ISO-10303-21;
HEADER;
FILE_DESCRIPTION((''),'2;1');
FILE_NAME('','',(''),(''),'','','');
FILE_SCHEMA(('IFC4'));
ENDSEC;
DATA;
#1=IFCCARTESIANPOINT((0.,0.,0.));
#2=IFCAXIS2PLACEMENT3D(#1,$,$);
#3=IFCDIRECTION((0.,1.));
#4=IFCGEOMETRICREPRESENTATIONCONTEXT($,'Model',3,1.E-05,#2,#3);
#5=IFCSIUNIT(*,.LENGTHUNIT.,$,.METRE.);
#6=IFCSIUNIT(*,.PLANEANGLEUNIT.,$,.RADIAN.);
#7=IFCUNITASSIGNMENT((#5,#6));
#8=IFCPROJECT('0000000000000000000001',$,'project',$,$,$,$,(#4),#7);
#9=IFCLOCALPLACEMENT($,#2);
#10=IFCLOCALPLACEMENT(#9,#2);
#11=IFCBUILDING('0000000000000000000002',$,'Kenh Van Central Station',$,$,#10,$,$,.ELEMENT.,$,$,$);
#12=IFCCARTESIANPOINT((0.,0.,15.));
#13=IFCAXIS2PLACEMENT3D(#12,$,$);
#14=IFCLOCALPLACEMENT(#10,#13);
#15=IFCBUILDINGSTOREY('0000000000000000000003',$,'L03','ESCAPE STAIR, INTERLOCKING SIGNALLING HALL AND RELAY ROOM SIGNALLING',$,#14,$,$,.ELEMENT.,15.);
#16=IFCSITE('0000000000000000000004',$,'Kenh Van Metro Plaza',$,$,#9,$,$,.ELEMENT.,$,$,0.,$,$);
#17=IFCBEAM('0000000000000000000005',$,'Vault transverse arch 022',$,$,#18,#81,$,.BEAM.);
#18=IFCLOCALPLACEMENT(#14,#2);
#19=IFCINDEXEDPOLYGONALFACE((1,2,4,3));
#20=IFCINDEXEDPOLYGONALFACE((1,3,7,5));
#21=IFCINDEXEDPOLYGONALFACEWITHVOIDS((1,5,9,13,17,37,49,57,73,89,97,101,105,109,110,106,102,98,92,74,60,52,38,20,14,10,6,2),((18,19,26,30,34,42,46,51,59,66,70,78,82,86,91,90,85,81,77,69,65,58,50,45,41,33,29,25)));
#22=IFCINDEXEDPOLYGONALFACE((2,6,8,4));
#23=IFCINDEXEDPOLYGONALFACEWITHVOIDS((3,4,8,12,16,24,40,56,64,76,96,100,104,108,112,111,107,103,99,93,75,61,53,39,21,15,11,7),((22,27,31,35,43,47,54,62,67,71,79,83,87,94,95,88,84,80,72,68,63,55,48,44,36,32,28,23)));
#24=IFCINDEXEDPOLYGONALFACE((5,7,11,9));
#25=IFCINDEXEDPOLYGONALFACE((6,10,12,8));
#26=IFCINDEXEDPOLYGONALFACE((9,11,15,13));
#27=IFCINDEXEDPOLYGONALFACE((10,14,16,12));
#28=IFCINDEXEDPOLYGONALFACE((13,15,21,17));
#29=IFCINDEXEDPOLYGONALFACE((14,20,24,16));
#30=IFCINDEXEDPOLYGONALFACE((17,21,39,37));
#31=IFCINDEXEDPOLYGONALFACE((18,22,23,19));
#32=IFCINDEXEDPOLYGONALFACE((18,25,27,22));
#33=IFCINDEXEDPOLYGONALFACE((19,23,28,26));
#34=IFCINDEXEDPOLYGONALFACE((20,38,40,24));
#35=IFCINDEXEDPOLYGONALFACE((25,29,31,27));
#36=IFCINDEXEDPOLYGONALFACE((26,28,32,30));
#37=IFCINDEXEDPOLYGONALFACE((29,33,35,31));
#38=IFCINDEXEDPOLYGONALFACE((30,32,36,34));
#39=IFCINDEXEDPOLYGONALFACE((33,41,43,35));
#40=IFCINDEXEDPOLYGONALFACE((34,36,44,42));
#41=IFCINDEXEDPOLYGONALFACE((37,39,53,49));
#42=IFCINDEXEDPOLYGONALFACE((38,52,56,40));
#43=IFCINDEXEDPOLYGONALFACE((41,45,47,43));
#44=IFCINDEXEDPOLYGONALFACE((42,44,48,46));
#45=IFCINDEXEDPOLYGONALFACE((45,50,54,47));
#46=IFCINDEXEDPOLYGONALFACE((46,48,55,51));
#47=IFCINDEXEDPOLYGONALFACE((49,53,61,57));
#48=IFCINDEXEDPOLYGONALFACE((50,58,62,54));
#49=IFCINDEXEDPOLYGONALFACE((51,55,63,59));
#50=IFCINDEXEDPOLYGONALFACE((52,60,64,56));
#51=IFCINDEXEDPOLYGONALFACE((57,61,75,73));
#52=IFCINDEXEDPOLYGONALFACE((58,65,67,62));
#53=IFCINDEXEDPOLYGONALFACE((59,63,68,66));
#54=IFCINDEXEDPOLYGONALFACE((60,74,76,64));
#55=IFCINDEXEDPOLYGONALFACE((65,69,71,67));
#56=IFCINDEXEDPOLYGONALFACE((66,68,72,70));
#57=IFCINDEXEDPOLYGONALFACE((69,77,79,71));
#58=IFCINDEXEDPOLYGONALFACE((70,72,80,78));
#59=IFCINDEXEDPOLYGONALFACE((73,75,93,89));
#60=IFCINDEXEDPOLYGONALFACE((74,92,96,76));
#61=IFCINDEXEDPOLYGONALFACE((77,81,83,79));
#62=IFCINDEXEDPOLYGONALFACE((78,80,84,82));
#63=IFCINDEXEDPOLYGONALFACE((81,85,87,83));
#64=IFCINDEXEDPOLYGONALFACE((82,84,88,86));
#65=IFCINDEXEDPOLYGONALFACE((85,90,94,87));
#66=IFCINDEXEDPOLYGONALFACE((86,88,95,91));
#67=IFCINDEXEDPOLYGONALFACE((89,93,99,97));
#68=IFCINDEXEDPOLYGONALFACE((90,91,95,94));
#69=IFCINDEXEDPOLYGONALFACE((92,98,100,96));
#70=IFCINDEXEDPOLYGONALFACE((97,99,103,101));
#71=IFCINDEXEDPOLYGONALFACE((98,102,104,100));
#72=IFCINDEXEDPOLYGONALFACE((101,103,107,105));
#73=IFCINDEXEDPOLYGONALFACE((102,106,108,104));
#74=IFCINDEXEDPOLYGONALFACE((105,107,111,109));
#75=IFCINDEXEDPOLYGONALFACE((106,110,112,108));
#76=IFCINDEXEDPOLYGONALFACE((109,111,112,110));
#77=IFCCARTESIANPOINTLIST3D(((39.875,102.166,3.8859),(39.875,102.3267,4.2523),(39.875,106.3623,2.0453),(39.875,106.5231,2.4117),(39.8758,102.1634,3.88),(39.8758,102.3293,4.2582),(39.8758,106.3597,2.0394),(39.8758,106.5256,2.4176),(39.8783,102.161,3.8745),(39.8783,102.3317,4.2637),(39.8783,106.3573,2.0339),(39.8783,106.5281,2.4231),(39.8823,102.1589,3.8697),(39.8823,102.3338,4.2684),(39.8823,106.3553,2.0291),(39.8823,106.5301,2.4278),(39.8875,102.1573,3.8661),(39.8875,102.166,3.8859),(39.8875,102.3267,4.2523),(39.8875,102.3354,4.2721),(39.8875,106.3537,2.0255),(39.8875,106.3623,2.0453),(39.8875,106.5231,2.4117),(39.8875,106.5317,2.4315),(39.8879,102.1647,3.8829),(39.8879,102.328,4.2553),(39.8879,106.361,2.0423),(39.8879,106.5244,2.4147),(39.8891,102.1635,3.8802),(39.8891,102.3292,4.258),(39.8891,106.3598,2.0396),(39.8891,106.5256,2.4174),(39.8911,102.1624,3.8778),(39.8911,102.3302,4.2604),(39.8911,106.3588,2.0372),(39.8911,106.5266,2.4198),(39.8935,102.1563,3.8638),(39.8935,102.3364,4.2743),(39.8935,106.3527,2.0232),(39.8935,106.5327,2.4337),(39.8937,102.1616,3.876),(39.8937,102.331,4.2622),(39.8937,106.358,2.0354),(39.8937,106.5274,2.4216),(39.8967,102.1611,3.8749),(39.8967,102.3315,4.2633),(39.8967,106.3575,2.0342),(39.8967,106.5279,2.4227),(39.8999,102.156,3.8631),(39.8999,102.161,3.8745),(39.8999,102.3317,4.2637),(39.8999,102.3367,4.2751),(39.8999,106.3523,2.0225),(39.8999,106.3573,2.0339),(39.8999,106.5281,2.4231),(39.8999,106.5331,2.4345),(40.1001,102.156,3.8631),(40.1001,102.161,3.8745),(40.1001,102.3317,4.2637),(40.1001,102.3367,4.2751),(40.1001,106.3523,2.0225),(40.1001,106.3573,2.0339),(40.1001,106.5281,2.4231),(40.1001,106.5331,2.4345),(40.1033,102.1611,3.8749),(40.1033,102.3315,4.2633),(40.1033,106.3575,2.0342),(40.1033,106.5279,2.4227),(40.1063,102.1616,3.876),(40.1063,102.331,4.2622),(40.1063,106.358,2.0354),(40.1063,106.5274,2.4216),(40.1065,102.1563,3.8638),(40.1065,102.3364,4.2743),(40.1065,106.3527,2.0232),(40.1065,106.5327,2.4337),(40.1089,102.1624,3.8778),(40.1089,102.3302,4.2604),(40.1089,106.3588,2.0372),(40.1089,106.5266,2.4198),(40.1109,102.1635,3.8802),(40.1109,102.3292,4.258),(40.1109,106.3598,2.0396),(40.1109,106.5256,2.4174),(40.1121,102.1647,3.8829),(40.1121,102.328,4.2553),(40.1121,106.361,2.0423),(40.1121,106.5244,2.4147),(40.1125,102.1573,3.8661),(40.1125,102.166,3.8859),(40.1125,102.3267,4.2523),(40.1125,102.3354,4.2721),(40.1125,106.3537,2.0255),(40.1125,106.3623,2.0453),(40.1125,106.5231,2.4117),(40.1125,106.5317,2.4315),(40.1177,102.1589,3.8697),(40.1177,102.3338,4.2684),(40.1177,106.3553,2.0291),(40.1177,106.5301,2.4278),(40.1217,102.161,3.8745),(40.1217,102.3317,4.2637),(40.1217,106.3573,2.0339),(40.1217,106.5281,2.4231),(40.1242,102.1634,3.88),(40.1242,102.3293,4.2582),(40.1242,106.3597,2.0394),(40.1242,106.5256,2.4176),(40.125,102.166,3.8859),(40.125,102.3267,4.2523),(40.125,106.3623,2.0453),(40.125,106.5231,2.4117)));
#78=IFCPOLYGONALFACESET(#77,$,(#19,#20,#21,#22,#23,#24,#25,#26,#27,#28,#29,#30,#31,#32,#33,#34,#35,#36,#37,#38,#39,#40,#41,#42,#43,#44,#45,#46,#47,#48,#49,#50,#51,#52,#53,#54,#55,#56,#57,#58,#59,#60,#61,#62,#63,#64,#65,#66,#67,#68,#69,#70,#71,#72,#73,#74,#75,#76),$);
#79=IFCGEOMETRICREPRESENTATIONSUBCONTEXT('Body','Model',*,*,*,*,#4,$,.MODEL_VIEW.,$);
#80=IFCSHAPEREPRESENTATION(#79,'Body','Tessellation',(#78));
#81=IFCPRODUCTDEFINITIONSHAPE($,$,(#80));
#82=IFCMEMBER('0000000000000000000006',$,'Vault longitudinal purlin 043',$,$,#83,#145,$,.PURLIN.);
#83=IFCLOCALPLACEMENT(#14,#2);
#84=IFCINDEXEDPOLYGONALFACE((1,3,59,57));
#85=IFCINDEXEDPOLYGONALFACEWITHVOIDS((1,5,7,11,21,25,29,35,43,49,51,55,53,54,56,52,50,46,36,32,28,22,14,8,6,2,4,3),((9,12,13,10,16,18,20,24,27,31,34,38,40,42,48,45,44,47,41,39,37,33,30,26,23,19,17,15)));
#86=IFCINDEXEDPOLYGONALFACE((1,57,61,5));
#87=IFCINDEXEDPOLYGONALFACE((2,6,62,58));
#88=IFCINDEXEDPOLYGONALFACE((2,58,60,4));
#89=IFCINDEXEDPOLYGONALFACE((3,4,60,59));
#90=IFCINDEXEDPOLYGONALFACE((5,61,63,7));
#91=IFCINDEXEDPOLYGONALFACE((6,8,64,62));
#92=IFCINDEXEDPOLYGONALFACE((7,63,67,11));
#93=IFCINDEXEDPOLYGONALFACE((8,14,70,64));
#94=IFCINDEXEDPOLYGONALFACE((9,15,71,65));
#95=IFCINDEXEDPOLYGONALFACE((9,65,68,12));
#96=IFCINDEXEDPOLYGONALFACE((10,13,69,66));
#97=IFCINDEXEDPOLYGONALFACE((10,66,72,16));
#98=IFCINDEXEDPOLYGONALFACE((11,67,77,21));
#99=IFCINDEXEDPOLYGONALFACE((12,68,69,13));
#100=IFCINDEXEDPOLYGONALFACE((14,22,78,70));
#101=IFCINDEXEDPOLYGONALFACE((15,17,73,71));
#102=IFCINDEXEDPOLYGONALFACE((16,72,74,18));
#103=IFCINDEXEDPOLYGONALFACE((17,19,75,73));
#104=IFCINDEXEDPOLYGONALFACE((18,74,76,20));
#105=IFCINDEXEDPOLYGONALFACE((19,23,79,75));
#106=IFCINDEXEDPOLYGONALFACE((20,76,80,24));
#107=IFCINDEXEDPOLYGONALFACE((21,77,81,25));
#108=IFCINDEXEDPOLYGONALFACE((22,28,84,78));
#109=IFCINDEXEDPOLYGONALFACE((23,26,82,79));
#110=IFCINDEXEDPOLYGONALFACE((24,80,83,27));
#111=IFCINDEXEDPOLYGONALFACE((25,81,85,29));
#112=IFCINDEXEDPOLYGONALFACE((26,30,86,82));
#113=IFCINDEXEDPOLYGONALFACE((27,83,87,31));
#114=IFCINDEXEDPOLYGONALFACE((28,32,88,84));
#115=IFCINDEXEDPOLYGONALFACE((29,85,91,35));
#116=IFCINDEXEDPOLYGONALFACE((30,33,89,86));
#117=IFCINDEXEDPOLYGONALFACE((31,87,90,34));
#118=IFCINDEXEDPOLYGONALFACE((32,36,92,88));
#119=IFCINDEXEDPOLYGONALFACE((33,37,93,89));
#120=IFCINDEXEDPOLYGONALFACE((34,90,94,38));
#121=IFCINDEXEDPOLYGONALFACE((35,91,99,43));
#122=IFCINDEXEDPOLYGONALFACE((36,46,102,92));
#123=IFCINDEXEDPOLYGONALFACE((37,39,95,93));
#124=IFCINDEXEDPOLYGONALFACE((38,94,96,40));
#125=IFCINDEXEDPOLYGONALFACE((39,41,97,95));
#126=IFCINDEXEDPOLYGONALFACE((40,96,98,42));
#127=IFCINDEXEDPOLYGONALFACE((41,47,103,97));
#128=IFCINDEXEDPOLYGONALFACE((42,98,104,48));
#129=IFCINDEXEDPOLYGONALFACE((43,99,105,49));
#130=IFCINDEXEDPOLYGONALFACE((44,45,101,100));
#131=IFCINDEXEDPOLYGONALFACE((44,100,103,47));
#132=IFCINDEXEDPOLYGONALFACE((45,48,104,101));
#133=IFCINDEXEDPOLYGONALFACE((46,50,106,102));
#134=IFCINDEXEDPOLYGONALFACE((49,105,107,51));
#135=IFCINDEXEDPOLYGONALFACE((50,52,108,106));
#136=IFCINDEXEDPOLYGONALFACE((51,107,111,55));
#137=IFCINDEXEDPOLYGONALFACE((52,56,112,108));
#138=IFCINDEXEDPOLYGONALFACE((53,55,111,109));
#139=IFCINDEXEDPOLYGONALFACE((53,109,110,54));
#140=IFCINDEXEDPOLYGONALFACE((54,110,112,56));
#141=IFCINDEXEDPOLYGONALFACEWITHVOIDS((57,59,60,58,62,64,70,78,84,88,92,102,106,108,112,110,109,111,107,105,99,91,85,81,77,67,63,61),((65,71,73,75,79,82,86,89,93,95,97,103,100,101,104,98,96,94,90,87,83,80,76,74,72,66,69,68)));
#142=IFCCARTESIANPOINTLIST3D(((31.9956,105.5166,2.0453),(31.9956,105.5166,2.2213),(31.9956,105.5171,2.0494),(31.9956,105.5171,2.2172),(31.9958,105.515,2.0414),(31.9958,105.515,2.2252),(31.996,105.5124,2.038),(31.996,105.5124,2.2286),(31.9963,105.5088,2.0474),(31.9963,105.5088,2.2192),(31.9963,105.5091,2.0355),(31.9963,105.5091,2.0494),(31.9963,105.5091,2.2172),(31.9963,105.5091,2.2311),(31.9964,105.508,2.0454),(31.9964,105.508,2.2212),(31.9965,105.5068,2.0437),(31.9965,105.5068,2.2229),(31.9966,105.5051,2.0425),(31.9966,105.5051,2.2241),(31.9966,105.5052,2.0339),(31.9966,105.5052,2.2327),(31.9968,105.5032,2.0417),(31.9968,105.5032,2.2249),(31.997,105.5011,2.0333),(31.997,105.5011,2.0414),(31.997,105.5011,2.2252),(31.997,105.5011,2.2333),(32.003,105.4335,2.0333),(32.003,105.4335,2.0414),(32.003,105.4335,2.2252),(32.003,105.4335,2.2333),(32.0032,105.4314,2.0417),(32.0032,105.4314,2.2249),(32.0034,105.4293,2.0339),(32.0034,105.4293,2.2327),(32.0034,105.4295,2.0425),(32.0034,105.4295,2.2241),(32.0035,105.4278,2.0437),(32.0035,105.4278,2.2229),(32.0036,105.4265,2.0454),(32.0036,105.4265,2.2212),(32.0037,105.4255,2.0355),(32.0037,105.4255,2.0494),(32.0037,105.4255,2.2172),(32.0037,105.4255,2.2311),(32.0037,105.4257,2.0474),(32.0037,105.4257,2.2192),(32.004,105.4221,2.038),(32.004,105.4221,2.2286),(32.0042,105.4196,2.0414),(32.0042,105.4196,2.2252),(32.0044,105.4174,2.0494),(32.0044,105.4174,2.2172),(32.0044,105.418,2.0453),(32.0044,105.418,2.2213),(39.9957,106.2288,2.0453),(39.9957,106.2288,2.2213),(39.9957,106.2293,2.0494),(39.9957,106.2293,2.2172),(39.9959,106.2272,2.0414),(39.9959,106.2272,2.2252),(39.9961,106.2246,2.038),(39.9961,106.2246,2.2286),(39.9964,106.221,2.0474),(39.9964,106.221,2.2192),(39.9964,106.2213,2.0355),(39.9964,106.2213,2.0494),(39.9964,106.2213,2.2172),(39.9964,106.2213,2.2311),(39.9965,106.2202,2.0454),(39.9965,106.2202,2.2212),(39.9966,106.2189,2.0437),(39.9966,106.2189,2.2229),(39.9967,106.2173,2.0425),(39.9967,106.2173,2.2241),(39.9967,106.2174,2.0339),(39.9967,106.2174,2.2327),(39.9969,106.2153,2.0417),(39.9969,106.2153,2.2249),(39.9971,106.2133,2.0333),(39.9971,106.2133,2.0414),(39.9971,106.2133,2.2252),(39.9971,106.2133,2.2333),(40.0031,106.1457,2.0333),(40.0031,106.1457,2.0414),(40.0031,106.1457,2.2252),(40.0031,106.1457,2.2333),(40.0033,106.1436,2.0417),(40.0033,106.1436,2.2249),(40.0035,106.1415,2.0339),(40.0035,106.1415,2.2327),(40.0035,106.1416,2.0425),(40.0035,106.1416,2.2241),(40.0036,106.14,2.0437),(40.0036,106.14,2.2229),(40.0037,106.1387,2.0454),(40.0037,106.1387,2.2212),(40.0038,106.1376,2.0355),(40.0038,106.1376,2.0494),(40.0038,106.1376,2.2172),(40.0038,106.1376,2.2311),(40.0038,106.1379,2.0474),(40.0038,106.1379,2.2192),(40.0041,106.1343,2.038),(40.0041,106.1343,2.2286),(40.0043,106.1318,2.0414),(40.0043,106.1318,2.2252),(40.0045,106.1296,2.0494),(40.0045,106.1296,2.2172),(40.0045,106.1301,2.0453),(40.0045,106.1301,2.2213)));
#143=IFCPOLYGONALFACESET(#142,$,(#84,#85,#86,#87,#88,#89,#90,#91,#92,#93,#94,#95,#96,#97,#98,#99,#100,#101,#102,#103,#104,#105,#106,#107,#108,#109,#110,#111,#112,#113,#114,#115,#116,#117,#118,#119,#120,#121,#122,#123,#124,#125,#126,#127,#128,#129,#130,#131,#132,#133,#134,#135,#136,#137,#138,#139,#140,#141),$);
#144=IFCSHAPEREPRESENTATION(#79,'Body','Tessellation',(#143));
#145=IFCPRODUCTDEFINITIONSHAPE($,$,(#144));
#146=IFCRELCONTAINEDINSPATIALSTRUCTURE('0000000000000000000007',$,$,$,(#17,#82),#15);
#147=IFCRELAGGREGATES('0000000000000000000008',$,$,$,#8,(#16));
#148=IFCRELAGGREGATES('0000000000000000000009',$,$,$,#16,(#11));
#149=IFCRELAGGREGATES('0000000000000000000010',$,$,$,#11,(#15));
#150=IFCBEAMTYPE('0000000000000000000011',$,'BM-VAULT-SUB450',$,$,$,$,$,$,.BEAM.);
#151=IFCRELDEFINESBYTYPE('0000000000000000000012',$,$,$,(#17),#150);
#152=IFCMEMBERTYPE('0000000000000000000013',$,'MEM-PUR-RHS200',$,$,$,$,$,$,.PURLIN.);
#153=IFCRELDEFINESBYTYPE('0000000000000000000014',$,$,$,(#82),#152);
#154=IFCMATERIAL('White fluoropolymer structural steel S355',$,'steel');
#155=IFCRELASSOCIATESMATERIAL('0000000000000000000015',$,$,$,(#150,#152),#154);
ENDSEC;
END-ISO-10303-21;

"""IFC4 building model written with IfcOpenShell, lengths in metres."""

from ifc_helpers import new_model, si_unit, direction, frame, origin, origin_2d, place, context, subcontext, project, spatial, hollow_rectangle, extrude, material, material_profile, profile_set, type_object, element, save


model = new_model("IFC4")

# Units and contexts
model_context = context("Model", 3, precision=1e-05, world=origin(), true_north=direction((0.0, 1.0)))
body_context = subcontext(model_context, "Body", "Model", "MODEL_VIEW")
ifc_project = project(units=[si_unit("LENGTHUNIT", "METRE"), si_unit("PLANEANGLEUNIT", "RADIAN")], contexts=[model_context])

# Site, building, storey
site_placement = place(None, origin())
site = spatial("IfcSite", under=ifc_project, at=site_placement, Name="Kenh Van Metro Plaza", CompositionType="ELEMENT", RefElevation=0.0)
building_placement = place(site_placement, origin())
building = spatial("IfcBuilding", under=site, at=building_placement, Name="Kenh Van Central Station", CompositionType="ELEMENT")
storey_placement = place(building_placement, frame((0.0, 0.0, 15.0)))
storey = spatial("IfcBuildingStorey", under=building, at=storey_placement, Name="L03", Description="ESCAPE STAIR, INTERLOCKING SIGNALLING HALL AND RELAY ROOM SIGNALLING", CompositionType="ELEMENT", Elevation=15.0)

# Beam
ifc_material_1 = material(Name="White fluoropolymer structural steel S355", Category="steel")
ifc_material_profile_1 = material_profile(ifc_material_1, hollow_rectangle(XDim=0.25, YDim=0.45, WallThickness=0.0125, InnerFilletRadius=0.0125, OuterFilletRadius=0.0249, at=origin_2d()), Name="RHS 450x250x12.5")
ifc_profile_set_1 = profile_set([ifc_material_profile_1], Name="White fluoropolymer structural steel S355")
beam_type_1 = type_object("IfcBeamType", Name="BM-VAULT-SUB450", PredefinedType="BEAM", material=ifc_profile_set_1)
beam_placement = place(storey_placement, frame((40.0, 102.2463, 4.0691), z_axis=(0.0, 0.91578, -0.40168), x_axis=(-1.0, 0.0, 0.0)))
element("IfcBeam", 1, at=beam_placement, inside=storey, type_object=beam_type_1, Name="Vault transverse arch 022", PredefinedType="BEAM", context=body_context, shape_type="SweptSolid", body=[
    extrude(hollow_rectangle(XDim=0.25, YDim=0.45, WallThickness=0.0125, InnerFilletRadius=0.0125, OuterFilletRadius=0.0249, at=origin_2d()), origin(), (0.0, 0.0, 1.0), 4.5823),
])

# Member
ifc_material_profile_2 = material_profile(ifc_material_1, hollow_rectangle(XDim=0.1001, YDim=0.2, WallThickness=0.0081, InnerFilletRadius=0.0081, OuterFilletRadius=0.0161, at=origin_2d()), Name="RHS 200x100x8")
ifc_profile_set_2 = profile_set([ifc_material_profile_2], Name="White fluoropolymer structural steel S355")
member_type_1 = type_object("IfcMemberType", Name="MEM-PUR-RHS200", PredefinedType="PURLIN", material=ifc_profile_set_2)
member_1_placement = place(storey_placement, frame((32.0, 105.4673, 2.1333), z_axis=(0.996061, 0.088669, 0.0), x_axis=(-0.088669, 0.996061, 0.0)))
element("IfcMember", 2, at=member_1_placement, inside=storey, type_object=member_type_1, Name="Vault longitudinal purlin 043", PredefinedType="PURLIN", context=body_context, shape_type="SweptSolid", body=[
    extrude(hollow_rectangle(XDim=0.1001, YDim=0.2, WallThickness=0.0081, InnerFilletRadius=0.0081, OuterFilletRadius=0.0161, at=origin_2d()), origin(), (0.0, 0.0, 1.0), 8.0317),
])

save(model, "model.ifc")
